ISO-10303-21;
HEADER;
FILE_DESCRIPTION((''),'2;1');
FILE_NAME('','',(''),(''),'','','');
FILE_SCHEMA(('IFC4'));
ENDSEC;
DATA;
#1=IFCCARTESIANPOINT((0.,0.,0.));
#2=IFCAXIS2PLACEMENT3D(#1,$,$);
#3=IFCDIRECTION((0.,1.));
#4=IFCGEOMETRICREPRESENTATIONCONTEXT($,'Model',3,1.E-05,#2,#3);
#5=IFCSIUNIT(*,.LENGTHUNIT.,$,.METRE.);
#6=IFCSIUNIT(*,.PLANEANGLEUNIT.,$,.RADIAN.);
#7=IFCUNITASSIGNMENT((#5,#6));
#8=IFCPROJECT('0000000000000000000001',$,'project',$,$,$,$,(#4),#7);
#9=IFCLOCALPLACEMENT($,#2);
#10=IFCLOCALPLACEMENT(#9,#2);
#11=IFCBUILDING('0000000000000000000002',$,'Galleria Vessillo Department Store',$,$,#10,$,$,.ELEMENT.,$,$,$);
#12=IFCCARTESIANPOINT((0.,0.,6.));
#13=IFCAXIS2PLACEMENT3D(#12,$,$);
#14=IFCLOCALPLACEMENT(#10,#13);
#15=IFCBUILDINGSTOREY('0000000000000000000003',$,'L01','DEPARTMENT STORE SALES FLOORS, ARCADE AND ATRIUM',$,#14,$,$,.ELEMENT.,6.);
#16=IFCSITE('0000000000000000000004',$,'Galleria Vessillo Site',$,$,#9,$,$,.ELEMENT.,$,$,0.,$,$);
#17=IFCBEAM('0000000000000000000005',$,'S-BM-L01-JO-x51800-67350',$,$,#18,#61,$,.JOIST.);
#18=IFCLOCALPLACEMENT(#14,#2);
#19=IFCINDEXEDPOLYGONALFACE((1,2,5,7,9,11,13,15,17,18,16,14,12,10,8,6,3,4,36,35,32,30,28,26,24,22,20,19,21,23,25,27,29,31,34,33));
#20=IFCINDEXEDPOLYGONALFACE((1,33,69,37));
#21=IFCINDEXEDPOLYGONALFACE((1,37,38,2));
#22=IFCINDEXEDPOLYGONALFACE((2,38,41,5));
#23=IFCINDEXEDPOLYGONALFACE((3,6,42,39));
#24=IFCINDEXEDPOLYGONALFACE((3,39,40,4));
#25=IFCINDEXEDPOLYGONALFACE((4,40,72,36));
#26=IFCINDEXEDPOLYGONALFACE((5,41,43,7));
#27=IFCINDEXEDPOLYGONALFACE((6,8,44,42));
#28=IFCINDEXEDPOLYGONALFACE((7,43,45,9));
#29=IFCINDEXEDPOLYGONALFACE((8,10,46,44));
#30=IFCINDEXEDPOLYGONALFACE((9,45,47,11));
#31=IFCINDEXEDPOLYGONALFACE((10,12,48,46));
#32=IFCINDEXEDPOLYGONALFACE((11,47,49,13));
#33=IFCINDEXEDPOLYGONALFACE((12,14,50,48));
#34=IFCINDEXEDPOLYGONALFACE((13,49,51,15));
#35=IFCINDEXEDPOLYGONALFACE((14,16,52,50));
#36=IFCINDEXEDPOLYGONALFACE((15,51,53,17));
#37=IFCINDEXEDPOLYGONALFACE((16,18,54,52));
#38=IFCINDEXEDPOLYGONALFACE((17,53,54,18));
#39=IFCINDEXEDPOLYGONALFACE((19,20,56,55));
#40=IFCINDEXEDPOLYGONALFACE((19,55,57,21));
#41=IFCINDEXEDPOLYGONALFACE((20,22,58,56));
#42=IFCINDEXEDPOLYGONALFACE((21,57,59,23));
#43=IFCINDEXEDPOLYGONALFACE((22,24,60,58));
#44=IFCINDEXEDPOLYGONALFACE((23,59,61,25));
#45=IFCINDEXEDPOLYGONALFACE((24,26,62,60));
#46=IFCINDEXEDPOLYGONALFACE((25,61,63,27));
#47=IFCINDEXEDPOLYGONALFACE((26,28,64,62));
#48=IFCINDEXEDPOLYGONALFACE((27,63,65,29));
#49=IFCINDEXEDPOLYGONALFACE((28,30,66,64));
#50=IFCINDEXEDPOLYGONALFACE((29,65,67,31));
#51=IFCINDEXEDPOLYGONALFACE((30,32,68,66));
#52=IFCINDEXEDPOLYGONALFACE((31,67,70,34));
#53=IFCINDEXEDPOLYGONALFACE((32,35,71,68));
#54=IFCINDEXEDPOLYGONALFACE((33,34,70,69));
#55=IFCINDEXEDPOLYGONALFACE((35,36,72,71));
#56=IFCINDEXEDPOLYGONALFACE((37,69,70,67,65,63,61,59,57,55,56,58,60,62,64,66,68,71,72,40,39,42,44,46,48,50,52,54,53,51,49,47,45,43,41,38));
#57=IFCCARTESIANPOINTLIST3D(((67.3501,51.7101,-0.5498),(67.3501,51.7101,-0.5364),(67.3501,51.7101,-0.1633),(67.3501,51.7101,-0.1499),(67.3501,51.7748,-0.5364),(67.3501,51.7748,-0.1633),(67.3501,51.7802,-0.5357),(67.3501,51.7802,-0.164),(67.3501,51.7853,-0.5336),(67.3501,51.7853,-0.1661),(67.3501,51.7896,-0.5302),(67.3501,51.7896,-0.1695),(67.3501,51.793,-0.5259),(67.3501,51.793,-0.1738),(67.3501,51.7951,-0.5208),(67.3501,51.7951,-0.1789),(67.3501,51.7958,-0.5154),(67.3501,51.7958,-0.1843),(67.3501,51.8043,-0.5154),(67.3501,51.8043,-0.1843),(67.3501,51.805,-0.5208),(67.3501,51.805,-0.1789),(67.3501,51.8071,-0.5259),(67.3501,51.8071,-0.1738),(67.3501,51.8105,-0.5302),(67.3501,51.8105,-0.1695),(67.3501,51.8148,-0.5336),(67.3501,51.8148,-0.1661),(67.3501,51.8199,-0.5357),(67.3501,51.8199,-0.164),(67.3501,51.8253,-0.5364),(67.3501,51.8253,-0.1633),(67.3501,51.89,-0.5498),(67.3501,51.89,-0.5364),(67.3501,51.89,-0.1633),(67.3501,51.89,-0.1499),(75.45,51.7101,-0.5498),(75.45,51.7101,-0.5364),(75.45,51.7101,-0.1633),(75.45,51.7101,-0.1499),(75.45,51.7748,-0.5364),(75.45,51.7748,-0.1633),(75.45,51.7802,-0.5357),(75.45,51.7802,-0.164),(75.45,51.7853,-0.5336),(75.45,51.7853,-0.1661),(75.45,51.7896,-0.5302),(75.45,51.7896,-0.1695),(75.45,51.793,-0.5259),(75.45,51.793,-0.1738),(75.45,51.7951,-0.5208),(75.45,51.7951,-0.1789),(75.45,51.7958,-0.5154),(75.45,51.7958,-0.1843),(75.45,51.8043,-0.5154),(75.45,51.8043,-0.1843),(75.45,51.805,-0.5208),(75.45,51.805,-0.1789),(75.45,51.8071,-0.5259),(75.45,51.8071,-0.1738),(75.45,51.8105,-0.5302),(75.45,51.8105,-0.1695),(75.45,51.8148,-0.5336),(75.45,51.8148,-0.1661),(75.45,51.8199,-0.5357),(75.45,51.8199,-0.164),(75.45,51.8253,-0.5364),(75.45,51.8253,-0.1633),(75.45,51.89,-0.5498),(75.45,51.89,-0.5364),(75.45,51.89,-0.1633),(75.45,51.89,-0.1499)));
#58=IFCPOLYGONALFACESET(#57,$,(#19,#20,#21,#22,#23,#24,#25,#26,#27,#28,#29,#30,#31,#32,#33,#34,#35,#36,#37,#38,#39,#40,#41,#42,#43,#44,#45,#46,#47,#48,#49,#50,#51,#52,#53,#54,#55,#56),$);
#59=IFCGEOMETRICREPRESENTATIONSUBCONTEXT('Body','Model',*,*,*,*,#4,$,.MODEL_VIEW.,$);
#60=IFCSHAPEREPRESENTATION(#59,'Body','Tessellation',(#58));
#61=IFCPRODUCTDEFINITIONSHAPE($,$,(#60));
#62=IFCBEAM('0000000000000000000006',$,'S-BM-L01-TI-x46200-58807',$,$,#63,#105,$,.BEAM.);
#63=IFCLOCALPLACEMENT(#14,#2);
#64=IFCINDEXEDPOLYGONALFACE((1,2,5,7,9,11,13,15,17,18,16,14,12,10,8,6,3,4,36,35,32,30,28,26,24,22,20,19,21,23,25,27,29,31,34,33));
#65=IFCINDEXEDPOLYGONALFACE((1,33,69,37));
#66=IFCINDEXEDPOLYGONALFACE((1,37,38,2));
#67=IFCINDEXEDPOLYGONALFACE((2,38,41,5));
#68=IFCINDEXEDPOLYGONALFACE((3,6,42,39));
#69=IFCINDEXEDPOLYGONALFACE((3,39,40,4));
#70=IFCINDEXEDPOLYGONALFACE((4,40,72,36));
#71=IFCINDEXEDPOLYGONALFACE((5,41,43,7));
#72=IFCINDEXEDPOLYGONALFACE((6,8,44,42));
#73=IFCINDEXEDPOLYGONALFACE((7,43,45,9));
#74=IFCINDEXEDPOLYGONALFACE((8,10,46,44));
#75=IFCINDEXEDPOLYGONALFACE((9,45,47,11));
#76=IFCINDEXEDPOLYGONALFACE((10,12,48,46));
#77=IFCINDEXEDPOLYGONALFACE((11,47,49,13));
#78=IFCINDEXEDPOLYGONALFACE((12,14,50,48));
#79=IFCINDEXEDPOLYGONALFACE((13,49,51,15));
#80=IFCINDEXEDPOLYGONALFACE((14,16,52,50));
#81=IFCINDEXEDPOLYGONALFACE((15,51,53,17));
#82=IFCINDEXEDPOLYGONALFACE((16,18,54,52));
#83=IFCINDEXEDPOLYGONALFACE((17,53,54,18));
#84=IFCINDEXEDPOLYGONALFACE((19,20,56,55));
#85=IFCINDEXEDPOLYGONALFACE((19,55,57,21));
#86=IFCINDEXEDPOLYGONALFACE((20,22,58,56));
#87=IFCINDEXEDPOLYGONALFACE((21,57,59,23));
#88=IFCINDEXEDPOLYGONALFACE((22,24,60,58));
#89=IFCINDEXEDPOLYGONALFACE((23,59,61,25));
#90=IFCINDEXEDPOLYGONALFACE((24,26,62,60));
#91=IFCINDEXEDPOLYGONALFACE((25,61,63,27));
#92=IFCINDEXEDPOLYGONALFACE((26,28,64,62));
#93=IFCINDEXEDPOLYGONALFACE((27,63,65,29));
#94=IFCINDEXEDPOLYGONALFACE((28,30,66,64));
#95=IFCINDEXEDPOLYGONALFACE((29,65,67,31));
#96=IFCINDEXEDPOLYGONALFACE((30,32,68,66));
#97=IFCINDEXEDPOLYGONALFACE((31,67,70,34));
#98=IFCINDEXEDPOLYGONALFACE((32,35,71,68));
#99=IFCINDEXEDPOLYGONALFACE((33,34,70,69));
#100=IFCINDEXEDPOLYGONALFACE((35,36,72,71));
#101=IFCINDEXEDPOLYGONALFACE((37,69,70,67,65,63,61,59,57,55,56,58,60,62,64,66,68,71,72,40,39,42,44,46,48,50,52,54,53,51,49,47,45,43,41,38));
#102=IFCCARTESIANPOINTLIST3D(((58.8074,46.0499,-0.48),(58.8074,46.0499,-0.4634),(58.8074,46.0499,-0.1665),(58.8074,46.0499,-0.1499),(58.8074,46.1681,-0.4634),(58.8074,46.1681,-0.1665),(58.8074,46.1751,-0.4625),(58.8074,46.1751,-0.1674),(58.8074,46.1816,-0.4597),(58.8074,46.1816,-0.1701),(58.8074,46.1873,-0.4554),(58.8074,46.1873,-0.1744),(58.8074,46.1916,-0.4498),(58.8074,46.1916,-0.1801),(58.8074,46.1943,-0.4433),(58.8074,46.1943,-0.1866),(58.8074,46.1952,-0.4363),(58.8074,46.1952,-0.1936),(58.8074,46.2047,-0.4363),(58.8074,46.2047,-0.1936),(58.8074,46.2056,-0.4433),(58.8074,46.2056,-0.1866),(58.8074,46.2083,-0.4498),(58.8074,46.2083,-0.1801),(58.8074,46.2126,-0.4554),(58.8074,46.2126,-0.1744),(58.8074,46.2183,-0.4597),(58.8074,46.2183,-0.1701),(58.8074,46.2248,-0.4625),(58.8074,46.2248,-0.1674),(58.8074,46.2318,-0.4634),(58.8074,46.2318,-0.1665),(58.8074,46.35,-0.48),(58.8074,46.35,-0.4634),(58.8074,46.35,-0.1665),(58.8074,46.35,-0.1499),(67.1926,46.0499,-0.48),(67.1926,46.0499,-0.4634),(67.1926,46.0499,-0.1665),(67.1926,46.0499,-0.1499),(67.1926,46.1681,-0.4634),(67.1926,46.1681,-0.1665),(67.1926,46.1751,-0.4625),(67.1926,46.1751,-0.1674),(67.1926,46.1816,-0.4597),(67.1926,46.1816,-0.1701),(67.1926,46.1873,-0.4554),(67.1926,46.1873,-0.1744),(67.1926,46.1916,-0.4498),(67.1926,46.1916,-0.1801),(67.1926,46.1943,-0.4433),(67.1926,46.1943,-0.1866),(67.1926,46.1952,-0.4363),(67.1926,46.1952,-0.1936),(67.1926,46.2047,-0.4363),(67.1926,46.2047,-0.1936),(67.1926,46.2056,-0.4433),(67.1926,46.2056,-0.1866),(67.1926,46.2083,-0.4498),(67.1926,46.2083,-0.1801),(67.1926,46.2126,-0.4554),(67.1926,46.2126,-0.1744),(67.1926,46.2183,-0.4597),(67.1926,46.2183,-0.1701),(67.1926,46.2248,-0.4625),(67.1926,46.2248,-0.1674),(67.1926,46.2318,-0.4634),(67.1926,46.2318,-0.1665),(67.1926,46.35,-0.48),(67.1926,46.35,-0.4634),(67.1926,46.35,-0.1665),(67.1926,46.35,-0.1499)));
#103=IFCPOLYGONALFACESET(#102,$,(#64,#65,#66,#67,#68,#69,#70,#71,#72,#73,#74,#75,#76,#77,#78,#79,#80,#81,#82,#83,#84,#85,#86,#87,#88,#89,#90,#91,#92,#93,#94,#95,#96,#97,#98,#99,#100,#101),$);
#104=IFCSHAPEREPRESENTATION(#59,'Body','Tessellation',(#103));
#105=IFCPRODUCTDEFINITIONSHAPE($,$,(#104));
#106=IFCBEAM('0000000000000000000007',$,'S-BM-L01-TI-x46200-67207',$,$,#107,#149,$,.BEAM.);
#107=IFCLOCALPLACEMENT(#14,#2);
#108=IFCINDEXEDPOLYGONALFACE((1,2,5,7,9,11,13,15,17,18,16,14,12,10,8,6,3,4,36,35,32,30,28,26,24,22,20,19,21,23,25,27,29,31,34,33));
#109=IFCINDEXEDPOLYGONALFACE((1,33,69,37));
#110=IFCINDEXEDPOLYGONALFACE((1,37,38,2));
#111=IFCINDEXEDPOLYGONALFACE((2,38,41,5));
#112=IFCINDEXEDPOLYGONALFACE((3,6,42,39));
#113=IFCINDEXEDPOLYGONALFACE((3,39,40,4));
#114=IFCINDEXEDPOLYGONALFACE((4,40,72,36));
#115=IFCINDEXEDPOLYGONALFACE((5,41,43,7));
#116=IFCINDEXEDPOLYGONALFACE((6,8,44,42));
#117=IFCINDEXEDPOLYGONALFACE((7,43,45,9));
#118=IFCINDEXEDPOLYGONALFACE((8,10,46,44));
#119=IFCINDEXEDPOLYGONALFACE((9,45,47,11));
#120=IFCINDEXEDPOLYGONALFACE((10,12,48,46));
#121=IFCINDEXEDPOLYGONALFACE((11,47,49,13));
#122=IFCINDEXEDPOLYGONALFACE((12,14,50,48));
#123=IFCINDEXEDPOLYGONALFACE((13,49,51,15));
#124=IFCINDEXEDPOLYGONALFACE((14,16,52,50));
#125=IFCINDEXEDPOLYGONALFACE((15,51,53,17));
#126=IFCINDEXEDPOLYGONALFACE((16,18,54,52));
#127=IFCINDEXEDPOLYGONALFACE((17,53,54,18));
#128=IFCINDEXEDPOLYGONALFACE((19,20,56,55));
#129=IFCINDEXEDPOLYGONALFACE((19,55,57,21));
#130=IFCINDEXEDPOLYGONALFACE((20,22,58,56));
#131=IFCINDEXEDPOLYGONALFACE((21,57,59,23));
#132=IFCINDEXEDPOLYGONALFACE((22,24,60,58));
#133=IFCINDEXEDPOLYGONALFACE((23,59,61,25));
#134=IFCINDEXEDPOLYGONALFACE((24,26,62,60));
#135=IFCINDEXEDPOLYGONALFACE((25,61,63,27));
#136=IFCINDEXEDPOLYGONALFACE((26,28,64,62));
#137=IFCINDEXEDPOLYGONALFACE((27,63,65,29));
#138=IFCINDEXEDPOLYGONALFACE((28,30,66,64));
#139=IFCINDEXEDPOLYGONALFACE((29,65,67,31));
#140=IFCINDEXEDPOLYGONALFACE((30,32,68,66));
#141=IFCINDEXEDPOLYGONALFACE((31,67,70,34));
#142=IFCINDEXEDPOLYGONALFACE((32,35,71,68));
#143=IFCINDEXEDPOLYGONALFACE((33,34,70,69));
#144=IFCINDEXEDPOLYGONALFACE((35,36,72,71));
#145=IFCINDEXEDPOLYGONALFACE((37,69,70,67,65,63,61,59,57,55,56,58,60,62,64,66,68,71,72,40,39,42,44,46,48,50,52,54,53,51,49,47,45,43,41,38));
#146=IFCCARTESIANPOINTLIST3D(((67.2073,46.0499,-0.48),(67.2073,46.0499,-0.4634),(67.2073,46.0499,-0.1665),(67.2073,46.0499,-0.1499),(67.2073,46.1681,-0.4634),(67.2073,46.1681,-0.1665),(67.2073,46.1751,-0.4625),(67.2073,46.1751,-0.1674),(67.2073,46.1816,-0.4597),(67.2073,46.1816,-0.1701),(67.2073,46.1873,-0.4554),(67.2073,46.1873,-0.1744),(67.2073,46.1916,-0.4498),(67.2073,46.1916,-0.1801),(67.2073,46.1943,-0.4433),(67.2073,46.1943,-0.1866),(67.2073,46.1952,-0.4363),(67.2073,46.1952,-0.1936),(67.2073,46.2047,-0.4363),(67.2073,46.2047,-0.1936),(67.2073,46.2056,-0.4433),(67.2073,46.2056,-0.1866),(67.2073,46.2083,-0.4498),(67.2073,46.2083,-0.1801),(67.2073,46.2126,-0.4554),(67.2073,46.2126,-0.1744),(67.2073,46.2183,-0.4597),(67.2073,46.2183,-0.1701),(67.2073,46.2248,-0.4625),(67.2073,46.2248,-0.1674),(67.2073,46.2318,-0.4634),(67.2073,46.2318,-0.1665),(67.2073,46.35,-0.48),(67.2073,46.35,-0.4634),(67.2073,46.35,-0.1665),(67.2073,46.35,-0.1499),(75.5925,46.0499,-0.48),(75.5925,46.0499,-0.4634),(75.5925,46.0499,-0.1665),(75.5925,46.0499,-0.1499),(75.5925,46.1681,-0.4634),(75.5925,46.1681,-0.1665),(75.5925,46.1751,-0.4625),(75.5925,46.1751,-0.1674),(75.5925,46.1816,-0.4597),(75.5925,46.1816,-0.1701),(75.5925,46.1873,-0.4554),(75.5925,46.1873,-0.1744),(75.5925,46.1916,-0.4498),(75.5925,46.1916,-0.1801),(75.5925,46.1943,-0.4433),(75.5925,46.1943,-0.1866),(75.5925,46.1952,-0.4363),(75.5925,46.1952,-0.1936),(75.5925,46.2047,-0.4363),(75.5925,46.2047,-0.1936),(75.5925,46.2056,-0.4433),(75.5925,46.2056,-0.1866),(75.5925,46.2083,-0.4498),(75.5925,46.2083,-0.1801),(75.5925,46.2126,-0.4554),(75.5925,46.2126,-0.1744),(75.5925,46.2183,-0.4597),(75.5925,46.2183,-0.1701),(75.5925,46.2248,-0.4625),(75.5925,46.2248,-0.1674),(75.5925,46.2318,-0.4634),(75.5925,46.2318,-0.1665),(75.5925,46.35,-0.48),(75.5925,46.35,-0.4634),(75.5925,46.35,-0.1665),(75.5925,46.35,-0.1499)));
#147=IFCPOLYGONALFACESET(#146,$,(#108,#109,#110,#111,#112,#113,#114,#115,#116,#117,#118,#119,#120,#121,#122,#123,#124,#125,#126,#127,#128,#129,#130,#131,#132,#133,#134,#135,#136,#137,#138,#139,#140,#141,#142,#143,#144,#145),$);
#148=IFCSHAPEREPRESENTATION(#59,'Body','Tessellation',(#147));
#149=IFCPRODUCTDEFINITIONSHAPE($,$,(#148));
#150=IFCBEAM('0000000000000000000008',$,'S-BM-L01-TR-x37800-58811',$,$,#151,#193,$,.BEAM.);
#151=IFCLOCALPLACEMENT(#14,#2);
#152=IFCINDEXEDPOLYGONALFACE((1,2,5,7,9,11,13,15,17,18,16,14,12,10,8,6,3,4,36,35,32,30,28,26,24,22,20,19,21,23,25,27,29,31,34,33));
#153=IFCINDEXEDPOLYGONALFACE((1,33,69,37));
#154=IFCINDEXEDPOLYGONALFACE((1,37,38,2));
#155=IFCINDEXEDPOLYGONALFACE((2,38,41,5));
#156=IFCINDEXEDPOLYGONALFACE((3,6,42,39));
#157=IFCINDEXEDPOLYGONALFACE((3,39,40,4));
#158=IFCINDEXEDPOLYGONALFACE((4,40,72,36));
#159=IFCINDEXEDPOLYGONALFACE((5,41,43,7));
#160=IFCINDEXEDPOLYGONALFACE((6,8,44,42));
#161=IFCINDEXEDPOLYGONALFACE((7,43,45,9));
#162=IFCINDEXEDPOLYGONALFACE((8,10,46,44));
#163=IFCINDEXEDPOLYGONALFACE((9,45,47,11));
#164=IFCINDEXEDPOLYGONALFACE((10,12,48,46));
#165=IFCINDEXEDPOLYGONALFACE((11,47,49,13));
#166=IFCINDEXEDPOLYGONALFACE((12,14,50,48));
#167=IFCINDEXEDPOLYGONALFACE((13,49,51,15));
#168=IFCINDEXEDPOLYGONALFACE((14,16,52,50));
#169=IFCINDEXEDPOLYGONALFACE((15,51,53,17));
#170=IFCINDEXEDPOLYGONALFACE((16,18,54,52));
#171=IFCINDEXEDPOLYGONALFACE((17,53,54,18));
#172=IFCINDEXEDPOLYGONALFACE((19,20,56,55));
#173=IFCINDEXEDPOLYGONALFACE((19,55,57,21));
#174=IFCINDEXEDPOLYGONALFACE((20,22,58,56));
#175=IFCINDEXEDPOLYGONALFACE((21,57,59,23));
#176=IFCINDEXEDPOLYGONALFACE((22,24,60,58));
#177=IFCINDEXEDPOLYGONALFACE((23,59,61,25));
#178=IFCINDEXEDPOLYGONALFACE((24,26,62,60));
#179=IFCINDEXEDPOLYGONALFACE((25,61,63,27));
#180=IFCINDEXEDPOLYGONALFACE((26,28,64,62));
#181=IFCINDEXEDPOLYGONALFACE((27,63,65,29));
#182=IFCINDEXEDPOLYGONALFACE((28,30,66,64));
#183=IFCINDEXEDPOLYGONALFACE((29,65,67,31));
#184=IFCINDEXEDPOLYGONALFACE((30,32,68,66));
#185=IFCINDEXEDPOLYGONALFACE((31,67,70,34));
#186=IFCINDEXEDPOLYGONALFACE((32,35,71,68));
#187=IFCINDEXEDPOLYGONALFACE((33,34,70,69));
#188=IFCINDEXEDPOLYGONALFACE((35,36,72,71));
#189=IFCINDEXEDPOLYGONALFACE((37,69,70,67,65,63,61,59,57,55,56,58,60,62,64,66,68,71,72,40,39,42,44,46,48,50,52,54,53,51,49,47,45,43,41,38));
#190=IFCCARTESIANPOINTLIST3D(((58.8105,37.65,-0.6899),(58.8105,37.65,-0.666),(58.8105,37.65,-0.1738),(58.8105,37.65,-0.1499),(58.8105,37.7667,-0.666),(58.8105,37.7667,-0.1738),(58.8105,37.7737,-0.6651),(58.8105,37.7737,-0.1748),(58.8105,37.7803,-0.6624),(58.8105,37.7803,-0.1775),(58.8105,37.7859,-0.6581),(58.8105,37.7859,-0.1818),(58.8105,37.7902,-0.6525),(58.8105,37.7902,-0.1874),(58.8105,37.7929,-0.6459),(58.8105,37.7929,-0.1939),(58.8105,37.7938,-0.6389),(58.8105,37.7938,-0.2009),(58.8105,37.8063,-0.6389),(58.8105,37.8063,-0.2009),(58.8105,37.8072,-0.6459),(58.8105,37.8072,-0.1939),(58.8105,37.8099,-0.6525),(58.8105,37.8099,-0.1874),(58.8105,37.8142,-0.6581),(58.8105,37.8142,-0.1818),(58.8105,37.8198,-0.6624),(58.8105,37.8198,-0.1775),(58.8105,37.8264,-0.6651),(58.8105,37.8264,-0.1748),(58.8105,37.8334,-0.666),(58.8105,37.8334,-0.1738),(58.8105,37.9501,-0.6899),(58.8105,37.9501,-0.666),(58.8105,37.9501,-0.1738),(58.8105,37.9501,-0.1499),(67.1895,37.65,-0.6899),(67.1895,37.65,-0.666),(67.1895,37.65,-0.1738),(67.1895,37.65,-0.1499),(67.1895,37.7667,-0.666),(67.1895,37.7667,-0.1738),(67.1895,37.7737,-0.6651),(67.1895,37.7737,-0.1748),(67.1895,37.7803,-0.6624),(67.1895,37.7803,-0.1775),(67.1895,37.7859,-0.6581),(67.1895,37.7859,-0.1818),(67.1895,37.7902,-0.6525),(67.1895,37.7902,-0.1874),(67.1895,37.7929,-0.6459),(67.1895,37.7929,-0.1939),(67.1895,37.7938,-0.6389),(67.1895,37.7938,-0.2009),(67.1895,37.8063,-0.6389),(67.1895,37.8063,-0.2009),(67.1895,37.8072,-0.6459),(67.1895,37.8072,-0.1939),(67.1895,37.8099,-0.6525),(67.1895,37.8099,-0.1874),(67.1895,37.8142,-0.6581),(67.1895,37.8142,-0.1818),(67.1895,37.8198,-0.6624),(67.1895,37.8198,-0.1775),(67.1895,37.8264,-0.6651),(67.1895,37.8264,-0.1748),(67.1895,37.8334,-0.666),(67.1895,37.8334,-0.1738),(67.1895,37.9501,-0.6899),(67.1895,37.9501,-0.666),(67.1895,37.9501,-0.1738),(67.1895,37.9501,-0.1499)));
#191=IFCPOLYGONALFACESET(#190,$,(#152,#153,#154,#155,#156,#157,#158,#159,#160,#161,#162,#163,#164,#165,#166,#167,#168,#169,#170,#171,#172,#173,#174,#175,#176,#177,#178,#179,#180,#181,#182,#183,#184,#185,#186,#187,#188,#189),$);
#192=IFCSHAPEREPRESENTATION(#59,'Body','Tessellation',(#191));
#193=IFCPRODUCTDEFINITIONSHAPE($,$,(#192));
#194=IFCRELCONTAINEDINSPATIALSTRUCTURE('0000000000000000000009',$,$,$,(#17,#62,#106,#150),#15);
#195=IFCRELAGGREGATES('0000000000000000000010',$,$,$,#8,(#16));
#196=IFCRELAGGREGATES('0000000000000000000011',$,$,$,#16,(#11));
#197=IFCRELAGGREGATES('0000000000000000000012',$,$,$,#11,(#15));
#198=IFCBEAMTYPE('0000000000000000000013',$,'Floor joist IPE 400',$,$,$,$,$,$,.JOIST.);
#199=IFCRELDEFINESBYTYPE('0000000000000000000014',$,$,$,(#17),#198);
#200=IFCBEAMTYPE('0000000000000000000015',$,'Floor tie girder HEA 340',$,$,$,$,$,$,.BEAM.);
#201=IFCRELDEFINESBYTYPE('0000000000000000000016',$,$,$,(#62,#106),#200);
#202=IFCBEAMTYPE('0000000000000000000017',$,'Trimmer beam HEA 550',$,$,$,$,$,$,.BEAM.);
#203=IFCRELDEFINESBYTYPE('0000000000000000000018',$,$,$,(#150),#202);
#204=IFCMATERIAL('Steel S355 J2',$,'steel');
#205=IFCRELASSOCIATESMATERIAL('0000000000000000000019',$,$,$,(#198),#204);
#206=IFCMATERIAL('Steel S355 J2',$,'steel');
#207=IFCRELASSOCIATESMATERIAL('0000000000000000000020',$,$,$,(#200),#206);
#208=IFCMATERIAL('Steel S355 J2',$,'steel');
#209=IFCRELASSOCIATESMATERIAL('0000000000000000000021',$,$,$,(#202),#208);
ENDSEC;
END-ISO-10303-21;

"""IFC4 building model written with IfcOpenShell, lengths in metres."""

from ifc_helpers import new_model, si_unit, direction, frame, origin, origin_2d, place, context, subcontext, project, spatial, i_section, extrude, material, material_profile, profile_set, type_object, element, save


model = new_model("IFC4")

# Units and contexts
model_context = context("Model", 3, precision=1e-05, world=origin(), true_north=direction((0.0, 1.0)))
body_context = subcontext(model_context, "Body", "Model", "MODEL_VIEW")
ifc_project = project(units=[si_unit("LENGTHUNIT", "METRE"), si_unit("PLANEANGLEUNIT", "RADIAN")], contexts=[model_context])

# Site, building, storey
site_placement = place(None, origin())
site = spatial("IfcSite", under=ifc_project, at=site_placement, Name="Galleria Vessillo Site", CompositionType="ELEMENT", RefElevation=0.0)
building_placement = place(site_placement, origin())
building = spatial("IfcBuilding", under=site, at=building_placement, Name="Galleria Vessillo Department Store", CompositionType="ELEMENT")
storey_placement = place(building_placement, frame((0.0, 0.0, 6.0)))
storey = spatial("IfcBuildingStorey", under=building, at=storey_placement, Name="L01", Description="DEPARTMENT STORE SALES FLOORS, ARCADE AND ATRIUM", CompositionType="ELEMENT", Elevation=6.0)

# Beams
ifc_material_1 = material(Name="Steel S355 J2", Category="steel")
ifc_material_profile_1 = material_profile(ifc_material_1, i_section(OverallWidth=0.1799, OverallDepth=0.3999, WebThickness=0.0085, FlangeThickness=0.0134, FilletRadius=0.021, at=origin_2d()), Name="IPE 400")
ifc_profile_set_1 = profile_set([ifc_material_profile_1], Name="Steel S355 J2")
beam_type_1 = type_object("IfcBeamType", Name="Floor joist IPE 400", PredefinedType="JOIST", material=ifc_profile_set_1)
for number, where, z_axis, x_axis, name in (
    (1, (67.3501, 51.8, -0.3499), (1.0, 0.0, 0.0), (0.0, 1.0, 0.0), "S-BM-L01-JO-x51800-67350"),
):
    element("IfcBeam", number, at=place(storey_placement, frame(where, z_axis=z_axis, x_axis=x_axis)), inside=storey, type_object=beam_type_1, Name=name, PredefinedType="JOIST", context=body_context, shape_type="SweptSolid", body=[
        extrude(i_section(OverallWidth=0.1799, OverallDepth=0.3999, WebThickness=0.0085, FlangeThickness=0.0134, FilletRadius=0.021, at=origin_2d()), origin(), (0.0, 0.0, 1.0), 8.0999),
    ])
ifc_material_2 = material(Name="Steel S355 J2", Category="steel")
ifc_material_profile_2 = material_profile(ifc_material_2, i_section(OverallWidth=0.3, OverallDepth=0.3301, WebThickness=0.0095, FlangeThickness=0.0166, FilletRadius=0.0271, at=origin_2d()), Name="HEA 340")
ifc_profile_set_2 = profile_set([ifc_material_profile_2], Name="Steel S355 J2")
beam_type_2 = type_object("IfcBeamType", Name="Floor tie girder HEA 340", PredefinedType="BEAM", material=ifc_profile_set_2)
for number, where, z_axis, x_axis, name in (
    (2, (58.8074, 46.2, -0.3149), (1.0, 0.0, 0.0), (0.0, 1.0, 0.0), "S-BM-L01-TI-x46200-58807"),
    (3, (67.2073, 46.2, -0.3149), (1.0, 0.0, 0.0), (0.0, 1.0, 0.0), "S-BM-L01-TI-x46200-67207"),
):
    element("IfcBeam", number, at=place(storey_placement, frame(where, z_axis=z_axis, x_axis=x_axis)), inside=storey, type_object=beam_type_2, Name=name, PredefinedType="BEAM", context=body_context, shape_type="SweptSolid", body=[
        extrude(i_section(OverallWidth=0.3, OverallDepth=0.3301, WebThickness=0.0095, FlangeThickness=0.0166, FilletRadius=0.0271, at=origin_2d()), origin(), (0.0, 0.0, 1.0), 8.3853),
    ])
ifc_material_3 = material(Name="Steel S355 J2", Category="steel")
ifc_material_profile_3 = material_profile(ifc_material_3, i_section(OverallWidth=0.3, OverallDepth=0.54, WebThickness=0.0125, FlangeThickness=0.0239, FilletRadius=0.0271, at=origin_2d()), Name="HEA 550")
ifc_profile_set_3 = profile_set([ifc_material_profile_3], Name="Steel S355 J2")
beam_type_3 = type_object("IfcBeamType", Name="Trimmer beam HEA 550", PredefinedType="BEAM", material=ifc_profile_set_3)
beam_1_placement = place(storey_placement, frame((58.8105, 37.8, -0.4199), z_axis=(1.0, 0.0, 0.0), x_axis=(0.0, 1.0, 0.0)))
element("IfcBeam", 4, at=beam_1_placement, inside=storey, type_object=beam_type_3, Name="S-BM-L01-TR-x37800-58811", PredefinedType="BEAM", context=body_context, shape_type="SweptSolid", body=[
    extrude(i_section(OverallWidth=0.3, OverallDepth=0.54, WebThickness=0.0125, FlangeThickness=0.0239, FilletRadius=0.0271, at=origin_2d()), origin(), (0.0, 0.0, 1.0), 8.3789),
])

save(model, "model.ifc")
